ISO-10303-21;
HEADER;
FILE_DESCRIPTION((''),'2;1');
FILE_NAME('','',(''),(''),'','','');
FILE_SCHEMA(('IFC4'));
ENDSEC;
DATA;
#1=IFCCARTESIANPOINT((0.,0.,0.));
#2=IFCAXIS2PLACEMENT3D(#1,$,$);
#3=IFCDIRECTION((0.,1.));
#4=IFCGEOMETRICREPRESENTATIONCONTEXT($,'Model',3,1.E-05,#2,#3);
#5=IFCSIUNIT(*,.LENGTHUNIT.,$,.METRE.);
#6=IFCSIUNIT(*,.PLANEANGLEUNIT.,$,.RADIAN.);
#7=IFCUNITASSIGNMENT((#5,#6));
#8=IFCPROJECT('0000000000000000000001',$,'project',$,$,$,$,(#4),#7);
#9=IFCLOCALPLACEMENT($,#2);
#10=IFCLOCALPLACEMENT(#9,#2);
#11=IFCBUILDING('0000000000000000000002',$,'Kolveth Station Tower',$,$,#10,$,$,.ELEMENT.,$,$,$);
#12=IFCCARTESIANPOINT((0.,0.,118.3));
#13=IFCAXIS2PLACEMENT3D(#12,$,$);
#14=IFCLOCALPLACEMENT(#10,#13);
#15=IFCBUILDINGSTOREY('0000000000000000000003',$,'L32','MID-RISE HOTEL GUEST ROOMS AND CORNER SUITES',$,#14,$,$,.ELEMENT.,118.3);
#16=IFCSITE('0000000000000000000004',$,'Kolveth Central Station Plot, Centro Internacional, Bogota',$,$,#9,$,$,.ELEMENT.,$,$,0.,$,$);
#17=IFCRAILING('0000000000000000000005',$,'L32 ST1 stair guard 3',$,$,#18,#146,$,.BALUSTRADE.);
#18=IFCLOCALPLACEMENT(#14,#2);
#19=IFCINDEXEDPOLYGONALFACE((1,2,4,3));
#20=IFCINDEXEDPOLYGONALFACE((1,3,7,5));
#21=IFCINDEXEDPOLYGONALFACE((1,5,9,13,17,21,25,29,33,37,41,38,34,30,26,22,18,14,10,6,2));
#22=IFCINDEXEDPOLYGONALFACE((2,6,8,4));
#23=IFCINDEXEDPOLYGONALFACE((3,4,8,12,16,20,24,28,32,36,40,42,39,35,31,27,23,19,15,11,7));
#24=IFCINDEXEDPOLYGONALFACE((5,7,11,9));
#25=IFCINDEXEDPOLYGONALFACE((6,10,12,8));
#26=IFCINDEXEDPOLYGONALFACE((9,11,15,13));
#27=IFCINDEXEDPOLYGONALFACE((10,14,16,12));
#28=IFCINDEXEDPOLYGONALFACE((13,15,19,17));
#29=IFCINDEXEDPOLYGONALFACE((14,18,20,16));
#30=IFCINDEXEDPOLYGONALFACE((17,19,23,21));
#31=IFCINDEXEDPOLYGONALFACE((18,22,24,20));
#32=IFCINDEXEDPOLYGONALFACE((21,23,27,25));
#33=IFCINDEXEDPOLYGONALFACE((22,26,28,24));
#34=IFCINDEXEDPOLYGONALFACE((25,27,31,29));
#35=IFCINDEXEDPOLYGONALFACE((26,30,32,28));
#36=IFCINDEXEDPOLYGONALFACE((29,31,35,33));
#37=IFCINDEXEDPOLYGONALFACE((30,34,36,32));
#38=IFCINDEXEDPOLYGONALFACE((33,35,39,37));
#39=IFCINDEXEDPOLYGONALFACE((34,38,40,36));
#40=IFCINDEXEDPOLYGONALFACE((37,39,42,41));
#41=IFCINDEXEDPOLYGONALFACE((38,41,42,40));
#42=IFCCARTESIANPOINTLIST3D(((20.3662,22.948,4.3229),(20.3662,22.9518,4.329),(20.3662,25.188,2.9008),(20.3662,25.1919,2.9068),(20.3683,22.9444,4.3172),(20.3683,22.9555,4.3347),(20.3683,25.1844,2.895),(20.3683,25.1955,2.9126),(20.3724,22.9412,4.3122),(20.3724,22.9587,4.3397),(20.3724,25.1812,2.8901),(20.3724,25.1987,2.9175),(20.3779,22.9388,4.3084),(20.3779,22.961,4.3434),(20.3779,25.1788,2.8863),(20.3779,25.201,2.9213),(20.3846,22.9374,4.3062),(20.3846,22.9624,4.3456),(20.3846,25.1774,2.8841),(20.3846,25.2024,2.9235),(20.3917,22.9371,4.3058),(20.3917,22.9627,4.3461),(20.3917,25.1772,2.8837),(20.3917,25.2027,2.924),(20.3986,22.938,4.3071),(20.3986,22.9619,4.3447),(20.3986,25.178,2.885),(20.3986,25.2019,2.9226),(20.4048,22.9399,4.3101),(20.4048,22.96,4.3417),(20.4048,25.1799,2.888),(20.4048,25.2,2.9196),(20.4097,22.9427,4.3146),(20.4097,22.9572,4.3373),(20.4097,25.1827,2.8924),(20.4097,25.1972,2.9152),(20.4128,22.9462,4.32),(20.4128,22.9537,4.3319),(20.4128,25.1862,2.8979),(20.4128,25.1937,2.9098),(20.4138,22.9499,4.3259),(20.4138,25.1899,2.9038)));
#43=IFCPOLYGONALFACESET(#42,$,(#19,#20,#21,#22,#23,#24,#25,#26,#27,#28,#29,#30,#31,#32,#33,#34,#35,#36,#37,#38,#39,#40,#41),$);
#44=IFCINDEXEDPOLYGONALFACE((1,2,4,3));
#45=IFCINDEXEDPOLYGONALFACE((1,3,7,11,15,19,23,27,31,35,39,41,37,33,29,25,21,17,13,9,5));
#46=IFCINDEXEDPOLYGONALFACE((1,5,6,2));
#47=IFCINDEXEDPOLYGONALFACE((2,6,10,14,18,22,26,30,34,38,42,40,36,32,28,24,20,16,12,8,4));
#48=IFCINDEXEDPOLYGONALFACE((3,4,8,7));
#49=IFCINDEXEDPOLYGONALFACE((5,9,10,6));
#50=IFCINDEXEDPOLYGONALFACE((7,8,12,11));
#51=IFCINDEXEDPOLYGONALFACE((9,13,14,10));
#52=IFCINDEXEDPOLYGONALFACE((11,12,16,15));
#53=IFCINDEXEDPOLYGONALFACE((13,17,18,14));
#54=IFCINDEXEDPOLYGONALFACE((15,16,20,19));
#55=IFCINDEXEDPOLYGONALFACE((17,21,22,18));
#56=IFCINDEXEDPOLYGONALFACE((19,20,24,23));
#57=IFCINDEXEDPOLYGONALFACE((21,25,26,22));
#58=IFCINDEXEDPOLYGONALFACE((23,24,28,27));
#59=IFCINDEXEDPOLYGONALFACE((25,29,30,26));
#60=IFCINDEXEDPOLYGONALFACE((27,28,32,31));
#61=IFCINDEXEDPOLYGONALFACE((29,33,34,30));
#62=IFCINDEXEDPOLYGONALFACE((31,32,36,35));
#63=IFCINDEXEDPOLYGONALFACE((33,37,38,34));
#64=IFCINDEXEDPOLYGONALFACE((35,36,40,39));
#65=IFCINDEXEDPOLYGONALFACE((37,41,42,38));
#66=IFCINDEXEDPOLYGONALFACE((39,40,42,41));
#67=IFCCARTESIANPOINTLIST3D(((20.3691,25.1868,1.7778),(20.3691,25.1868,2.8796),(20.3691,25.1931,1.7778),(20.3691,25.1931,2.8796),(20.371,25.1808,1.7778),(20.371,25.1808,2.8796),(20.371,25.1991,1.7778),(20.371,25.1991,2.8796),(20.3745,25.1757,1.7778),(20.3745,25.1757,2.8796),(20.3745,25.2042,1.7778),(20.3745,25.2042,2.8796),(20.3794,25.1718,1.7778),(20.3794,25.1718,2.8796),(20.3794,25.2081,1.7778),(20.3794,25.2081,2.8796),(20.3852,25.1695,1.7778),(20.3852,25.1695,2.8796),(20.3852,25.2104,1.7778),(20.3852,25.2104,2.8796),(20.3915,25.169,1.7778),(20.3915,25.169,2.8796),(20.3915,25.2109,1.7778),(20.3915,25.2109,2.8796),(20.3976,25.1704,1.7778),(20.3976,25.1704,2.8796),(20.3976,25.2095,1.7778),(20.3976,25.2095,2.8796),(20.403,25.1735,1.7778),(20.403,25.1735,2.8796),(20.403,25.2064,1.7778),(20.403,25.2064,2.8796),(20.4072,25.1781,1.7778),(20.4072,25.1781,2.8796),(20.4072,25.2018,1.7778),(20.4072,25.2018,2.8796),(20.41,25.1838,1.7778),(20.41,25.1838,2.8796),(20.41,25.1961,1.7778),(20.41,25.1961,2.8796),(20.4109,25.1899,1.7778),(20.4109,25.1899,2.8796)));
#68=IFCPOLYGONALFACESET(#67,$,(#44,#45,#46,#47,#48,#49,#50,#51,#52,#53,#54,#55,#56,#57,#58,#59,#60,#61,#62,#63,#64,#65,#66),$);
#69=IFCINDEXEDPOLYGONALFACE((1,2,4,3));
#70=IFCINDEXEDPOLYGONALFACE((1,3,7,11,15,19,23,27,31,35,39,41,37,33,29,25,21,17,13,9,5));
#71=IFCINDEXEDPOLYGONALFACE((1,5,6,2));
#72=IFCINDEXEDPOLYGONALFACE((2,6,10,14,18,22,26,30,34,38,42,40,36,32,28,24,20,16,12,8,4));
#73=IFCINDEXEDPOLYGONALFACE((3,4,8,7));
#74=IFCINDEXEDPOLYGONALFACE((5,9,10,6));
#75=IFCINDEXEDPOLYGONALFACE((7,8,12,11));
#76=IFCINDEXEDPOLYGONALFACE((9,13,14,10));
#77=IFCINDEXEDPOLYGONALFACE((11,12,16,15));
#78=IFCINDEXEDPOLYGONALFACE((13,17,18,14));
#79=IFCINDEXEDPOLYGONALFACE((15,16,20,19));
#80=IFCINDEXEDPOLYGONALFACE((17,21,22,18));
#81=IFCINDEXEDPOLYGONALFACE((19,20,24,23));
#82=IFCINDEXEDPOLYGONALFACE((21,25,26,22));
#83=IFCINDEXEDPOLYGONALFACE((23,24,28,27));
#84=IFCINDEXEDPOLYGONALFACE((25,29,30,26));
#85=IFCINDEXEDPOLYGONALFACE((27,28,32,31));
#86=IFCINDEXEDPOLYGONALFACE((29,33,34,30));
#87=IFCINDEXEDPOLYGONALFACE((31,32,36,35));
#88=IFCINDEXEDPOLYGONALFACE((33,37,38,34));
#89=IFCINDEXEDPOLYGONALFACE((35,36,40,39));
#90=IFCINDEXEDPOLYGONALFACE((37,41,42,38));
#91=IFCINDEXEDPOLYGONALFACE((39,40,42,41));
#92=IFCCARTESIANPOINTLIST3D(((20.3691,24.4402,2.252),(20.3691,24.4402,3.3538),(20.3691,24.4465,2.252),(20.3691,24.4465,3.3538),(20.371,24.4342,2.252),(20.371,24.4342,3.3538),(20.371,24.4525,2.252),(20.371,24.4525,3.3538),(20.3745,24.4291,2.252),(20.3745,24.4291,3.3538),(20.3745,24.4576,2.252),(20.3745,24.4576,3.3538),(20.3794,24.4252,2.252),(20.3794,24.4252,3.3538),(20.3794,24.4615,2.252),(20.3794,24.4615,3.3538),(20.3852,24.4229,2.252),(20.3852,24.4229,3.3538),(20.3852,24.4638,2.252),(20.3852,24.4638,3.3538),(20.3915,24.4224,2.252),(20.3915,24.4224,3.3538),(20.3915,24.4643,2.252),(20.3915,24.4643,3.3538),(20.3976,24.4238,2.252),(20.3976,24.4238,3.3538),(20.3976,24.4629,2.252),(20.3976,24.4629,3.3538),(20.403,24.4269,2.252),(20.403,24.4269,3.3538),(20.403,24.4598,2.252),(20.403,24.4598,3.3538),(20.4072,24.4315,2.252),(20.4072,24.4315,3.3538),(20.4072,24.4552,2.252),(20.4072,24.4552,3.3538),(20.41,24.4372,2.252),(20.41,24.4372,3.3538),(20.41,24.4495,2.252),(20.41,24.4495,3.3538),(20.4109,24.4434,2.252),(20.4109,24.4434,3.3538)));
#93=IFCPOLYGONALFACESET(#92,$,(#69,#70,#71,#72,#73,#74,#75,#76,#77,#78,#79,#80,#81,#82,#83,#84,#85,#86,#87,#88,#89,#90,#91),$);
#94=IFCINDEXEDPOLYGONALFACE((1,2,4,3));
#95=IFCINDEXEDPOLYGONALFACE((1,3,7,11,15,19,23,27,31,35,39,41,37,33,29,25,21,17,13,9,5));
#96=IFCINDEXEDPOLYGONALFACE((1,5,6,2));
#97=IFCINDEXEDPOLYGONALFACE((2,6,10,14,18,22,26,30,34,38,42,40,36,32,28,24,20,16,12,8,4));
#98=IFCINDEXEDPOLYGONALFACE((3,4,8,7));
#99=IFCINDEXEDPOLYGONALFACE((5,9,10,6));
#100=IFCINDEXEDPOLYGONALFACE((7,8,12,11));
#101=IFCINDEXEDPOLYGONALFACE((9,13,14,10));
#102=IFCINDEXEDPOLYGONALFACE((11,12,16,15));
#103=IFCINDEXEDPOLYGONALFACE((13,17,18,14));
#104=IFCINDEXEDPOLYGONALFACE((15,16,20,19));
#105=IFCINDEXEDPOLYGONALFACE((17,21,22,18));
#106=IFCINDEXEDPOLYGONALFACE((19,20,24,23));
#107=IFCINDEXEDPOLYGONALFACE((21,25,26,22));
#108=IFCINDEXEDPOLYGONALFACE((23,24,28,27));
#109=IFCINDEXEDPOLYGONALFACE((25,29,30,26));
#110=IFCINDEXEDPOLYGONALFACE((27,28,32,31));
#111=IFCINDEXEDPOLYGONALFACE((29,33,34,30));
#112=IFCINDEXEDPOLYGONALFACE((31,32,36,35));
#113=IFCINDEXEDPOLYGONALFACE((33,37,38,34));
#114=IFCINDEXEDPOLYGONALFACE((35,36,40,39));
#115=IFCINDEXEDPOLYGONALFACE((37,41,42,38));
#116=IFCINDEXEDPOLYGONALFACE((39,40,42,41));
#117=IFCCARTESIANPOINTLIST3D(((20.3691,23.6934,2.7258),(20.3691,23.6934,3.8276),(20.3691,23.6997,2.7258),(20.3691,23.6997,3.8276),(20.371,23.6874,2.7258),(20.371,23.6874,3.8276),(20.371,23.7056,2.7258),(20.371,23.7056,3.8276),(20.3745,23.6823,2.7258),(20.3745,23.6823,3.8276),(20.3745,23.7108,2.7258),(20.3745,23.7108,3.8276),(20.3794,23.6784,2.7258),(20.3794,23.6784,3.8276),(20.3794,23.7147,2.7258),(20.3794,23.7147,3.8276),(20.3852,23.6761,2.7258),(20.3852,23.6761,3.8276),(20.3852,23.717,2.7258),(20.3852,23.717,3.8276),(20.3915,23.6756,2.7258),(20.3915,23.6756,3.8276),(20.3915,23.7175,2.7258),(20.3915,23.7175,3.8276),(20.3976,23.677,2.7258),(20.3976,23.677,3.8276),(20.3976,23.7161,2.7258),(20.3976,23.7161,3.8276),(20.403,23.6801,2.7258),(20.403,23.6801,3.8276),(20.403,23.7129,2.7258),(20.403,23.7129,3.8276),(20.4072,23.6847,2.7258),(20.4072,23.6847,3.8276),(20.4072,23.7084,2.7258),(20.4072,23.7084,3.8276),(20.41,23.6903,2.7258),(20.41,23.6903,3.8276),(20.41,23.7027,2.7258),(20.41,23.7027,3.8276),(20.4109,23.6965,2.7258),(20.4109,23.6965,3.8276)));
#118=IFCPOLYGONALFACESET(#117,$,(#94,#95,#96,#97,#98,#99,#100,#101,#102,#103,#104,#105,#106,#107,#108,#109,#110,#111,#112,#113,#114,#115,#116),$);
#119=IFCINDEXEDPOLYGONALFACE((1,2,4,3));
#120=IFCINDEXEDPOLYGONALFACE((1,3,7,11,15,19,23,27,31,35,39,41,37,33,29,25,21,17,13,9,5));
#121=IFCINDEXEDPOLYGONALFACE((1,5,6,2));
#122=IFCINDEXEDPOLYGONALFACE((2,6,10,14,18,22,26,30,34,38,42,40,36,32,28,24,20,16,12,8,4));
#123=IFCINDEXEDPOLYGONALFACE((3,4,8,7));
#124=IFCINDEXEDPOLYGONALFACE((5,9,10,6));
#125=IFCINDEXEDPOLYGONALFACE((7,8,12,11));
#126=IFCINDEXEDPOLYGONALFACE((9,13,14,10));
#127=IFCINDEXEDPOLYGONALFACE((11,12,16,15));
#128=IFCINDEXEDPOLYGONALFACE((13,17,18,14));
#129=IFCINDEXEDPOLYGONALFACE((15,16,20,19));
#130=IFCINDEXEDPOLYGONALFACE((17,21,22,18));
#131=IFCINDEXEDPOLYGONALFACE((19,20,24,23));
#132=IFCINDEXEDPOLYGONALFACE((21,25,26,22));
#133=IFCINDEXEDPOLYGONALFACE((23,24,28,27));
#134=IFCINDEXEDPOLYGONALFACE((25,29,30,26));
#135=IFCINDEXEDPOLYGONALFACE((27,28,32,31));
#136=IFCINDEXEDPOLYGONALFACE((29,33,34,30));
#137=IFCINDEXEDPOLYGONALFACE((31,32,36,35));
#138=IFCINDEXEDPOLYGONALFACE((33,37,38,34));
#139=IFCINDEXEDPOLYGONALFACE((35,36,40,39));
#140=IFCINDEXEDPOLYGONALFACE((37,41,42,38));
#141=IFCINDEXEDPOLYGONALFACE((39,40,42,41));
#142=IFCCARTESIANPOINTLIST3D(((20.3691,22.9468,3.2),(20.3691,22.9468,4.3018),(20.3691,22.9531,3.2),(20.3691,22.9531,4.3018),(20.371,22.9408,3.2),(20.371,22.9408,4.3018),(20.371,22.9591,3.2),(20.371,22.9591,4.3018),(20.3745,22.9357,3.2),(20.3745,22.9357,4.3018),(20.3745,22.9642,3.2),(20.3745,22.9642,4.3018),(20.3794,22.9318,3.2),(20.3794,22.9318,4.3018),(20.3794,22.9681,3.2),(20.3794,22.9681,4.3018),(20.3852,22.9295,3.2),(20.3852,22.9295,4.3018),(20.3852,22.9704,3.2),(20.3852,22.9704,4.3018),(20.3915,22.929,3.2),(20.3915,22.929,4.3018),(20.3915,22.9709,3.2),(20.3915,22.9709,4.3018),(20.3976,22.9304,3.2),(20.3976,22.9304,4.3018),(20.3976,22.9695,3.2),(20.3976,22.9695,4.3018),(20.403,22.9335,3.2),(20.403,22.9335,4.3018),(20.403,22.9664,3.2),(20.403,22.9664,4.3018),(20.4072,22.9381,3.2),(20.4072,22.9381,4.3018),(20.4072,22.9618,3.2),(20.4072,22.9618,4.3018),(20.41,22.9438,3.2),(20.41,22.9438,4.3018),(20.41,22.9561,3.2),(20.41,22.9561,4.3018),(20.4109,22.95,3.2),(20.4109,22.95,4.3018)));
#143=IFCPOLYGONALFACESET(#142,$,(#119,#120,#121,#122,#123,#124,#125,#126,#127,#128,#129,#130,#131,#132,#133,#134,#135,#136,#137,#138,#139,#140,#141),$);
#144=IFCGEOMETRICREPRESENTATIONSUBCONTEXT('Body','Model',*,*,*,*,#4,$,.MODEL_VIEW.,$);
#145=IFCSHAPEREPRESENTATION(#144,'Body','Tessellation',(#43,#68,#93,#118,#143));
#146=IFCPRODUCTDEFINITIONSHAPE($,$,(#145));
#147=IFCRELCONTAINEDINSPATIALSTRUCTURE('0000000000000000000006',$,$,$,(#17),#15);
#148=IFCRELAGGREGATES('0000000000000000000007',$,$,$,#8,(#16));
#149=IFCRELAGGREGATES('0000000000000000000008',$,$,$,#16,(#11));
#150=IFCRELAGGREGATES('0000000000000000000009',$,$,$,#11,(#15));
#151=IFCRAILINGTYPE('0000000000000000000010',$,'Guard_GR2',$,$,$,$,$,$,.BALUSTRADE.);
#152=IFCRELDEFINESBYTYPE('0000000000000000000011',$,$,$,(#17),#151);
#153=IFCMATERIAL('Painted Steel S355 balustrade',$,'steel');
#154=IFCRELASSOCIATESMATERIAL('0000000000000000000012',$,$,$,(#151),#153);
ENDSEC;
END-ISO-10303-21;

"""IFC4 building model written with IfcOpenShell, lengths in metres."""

from ifc_helpers import new_model, si_unit, direction, frame, origin, origin_2d, place, context, subcontext, project, spatial, circle, extrude, material, type_object, element, save


model = new_model("IFC4")

# Units and contexts
model_context = context("Model", 3, precision=1e-05, world=origin(), true_north=direction((0.0, 1.0)))
body_context = subcontext(model_context, "Body", "Model", "MODEL_VIEW")
ifc_project = project(units=[si_unit("LENGTHUNIT", "METRE"), si_unit("PLANEANGLEUNIT", "RADIAN")], contexts=[model_context])

# Site, building, storey
site_placement = place(None, origin())
site = spatial("IfcSite", under=ifc_project, at=site_placement, Name="Kolveth Central Station Plot, Centro Internacional, Bogota", CompositionType="ELEMENT", RefElevation=0.0)
building_placement = place(site_placement, origin())
building = spatial("IfcBuilding", under=site, at=building_placement, Name="Kolveth Station Tower", CompositionType="ELEMENT")
storey_placement = place(building_placement, frame((0.0, 0.0, 118.3)))
storey = spatial("IfcBuildingStorey", under=building, at=storey_placement, Name="L32", Description="MID-RISE HOTEL GUEST ROOMS AND CORNER SUITES", CompositionType="ELEMENT", Elevation=118.3)

# Railing
ifc_material_1 = material(Name="Painted Steel S355 balustrade", Category="steel")
railing_type_1 = type_object("IfcRailingType", Name="Guard_GR2", PredefinedType="BALUSTRADE", material=ifc_material_1)
railing_1_placement = place(storey_placement, frame((20.3899, 25.1899, 1.7778)))
element("IfcRailing", 1, at=railing_1_placement, inside=storey, type_object=railing_type_1, Name="L32 ST1 stair guard 3", PredefinedType="BALUSTRADE", context=body_context, shape_type="SweptSolid", body=[
    extrude(circle(Radius=0.0239, at=origin_2d()), frame((0.0, 0.0, 1.126), z_axis=(0.0, -0.844229, 0.535982), x_axis=(1.0, 0.0, 0.0)), (0.0, 0.0, 1.0), 2.6533),
    extrude(circle(Radius=0.021, at=origin_2d()), origin(), (0.0, 0.0, 1.0), 1.1018),
    extrude(circle(Radius=0.021, at=origin_2d()), frame((0.0, -0.7466, 0.4741)), (0.0, 0.0, 1.0), 1.1018),
    extrude(circle(Radius=0.021, at=origin_2d()), frame((0.0, -1.4934, 0.948)), (0.0, 0.0, 1.0), 1.1018),
    extrude(circle(Radius=0.021, at=origin_2d()), frame((0.0, -2.24, 1.4221)), (0.0, 0.0, 1.0), 1.1018),
])

save(model, "model.ifc")
